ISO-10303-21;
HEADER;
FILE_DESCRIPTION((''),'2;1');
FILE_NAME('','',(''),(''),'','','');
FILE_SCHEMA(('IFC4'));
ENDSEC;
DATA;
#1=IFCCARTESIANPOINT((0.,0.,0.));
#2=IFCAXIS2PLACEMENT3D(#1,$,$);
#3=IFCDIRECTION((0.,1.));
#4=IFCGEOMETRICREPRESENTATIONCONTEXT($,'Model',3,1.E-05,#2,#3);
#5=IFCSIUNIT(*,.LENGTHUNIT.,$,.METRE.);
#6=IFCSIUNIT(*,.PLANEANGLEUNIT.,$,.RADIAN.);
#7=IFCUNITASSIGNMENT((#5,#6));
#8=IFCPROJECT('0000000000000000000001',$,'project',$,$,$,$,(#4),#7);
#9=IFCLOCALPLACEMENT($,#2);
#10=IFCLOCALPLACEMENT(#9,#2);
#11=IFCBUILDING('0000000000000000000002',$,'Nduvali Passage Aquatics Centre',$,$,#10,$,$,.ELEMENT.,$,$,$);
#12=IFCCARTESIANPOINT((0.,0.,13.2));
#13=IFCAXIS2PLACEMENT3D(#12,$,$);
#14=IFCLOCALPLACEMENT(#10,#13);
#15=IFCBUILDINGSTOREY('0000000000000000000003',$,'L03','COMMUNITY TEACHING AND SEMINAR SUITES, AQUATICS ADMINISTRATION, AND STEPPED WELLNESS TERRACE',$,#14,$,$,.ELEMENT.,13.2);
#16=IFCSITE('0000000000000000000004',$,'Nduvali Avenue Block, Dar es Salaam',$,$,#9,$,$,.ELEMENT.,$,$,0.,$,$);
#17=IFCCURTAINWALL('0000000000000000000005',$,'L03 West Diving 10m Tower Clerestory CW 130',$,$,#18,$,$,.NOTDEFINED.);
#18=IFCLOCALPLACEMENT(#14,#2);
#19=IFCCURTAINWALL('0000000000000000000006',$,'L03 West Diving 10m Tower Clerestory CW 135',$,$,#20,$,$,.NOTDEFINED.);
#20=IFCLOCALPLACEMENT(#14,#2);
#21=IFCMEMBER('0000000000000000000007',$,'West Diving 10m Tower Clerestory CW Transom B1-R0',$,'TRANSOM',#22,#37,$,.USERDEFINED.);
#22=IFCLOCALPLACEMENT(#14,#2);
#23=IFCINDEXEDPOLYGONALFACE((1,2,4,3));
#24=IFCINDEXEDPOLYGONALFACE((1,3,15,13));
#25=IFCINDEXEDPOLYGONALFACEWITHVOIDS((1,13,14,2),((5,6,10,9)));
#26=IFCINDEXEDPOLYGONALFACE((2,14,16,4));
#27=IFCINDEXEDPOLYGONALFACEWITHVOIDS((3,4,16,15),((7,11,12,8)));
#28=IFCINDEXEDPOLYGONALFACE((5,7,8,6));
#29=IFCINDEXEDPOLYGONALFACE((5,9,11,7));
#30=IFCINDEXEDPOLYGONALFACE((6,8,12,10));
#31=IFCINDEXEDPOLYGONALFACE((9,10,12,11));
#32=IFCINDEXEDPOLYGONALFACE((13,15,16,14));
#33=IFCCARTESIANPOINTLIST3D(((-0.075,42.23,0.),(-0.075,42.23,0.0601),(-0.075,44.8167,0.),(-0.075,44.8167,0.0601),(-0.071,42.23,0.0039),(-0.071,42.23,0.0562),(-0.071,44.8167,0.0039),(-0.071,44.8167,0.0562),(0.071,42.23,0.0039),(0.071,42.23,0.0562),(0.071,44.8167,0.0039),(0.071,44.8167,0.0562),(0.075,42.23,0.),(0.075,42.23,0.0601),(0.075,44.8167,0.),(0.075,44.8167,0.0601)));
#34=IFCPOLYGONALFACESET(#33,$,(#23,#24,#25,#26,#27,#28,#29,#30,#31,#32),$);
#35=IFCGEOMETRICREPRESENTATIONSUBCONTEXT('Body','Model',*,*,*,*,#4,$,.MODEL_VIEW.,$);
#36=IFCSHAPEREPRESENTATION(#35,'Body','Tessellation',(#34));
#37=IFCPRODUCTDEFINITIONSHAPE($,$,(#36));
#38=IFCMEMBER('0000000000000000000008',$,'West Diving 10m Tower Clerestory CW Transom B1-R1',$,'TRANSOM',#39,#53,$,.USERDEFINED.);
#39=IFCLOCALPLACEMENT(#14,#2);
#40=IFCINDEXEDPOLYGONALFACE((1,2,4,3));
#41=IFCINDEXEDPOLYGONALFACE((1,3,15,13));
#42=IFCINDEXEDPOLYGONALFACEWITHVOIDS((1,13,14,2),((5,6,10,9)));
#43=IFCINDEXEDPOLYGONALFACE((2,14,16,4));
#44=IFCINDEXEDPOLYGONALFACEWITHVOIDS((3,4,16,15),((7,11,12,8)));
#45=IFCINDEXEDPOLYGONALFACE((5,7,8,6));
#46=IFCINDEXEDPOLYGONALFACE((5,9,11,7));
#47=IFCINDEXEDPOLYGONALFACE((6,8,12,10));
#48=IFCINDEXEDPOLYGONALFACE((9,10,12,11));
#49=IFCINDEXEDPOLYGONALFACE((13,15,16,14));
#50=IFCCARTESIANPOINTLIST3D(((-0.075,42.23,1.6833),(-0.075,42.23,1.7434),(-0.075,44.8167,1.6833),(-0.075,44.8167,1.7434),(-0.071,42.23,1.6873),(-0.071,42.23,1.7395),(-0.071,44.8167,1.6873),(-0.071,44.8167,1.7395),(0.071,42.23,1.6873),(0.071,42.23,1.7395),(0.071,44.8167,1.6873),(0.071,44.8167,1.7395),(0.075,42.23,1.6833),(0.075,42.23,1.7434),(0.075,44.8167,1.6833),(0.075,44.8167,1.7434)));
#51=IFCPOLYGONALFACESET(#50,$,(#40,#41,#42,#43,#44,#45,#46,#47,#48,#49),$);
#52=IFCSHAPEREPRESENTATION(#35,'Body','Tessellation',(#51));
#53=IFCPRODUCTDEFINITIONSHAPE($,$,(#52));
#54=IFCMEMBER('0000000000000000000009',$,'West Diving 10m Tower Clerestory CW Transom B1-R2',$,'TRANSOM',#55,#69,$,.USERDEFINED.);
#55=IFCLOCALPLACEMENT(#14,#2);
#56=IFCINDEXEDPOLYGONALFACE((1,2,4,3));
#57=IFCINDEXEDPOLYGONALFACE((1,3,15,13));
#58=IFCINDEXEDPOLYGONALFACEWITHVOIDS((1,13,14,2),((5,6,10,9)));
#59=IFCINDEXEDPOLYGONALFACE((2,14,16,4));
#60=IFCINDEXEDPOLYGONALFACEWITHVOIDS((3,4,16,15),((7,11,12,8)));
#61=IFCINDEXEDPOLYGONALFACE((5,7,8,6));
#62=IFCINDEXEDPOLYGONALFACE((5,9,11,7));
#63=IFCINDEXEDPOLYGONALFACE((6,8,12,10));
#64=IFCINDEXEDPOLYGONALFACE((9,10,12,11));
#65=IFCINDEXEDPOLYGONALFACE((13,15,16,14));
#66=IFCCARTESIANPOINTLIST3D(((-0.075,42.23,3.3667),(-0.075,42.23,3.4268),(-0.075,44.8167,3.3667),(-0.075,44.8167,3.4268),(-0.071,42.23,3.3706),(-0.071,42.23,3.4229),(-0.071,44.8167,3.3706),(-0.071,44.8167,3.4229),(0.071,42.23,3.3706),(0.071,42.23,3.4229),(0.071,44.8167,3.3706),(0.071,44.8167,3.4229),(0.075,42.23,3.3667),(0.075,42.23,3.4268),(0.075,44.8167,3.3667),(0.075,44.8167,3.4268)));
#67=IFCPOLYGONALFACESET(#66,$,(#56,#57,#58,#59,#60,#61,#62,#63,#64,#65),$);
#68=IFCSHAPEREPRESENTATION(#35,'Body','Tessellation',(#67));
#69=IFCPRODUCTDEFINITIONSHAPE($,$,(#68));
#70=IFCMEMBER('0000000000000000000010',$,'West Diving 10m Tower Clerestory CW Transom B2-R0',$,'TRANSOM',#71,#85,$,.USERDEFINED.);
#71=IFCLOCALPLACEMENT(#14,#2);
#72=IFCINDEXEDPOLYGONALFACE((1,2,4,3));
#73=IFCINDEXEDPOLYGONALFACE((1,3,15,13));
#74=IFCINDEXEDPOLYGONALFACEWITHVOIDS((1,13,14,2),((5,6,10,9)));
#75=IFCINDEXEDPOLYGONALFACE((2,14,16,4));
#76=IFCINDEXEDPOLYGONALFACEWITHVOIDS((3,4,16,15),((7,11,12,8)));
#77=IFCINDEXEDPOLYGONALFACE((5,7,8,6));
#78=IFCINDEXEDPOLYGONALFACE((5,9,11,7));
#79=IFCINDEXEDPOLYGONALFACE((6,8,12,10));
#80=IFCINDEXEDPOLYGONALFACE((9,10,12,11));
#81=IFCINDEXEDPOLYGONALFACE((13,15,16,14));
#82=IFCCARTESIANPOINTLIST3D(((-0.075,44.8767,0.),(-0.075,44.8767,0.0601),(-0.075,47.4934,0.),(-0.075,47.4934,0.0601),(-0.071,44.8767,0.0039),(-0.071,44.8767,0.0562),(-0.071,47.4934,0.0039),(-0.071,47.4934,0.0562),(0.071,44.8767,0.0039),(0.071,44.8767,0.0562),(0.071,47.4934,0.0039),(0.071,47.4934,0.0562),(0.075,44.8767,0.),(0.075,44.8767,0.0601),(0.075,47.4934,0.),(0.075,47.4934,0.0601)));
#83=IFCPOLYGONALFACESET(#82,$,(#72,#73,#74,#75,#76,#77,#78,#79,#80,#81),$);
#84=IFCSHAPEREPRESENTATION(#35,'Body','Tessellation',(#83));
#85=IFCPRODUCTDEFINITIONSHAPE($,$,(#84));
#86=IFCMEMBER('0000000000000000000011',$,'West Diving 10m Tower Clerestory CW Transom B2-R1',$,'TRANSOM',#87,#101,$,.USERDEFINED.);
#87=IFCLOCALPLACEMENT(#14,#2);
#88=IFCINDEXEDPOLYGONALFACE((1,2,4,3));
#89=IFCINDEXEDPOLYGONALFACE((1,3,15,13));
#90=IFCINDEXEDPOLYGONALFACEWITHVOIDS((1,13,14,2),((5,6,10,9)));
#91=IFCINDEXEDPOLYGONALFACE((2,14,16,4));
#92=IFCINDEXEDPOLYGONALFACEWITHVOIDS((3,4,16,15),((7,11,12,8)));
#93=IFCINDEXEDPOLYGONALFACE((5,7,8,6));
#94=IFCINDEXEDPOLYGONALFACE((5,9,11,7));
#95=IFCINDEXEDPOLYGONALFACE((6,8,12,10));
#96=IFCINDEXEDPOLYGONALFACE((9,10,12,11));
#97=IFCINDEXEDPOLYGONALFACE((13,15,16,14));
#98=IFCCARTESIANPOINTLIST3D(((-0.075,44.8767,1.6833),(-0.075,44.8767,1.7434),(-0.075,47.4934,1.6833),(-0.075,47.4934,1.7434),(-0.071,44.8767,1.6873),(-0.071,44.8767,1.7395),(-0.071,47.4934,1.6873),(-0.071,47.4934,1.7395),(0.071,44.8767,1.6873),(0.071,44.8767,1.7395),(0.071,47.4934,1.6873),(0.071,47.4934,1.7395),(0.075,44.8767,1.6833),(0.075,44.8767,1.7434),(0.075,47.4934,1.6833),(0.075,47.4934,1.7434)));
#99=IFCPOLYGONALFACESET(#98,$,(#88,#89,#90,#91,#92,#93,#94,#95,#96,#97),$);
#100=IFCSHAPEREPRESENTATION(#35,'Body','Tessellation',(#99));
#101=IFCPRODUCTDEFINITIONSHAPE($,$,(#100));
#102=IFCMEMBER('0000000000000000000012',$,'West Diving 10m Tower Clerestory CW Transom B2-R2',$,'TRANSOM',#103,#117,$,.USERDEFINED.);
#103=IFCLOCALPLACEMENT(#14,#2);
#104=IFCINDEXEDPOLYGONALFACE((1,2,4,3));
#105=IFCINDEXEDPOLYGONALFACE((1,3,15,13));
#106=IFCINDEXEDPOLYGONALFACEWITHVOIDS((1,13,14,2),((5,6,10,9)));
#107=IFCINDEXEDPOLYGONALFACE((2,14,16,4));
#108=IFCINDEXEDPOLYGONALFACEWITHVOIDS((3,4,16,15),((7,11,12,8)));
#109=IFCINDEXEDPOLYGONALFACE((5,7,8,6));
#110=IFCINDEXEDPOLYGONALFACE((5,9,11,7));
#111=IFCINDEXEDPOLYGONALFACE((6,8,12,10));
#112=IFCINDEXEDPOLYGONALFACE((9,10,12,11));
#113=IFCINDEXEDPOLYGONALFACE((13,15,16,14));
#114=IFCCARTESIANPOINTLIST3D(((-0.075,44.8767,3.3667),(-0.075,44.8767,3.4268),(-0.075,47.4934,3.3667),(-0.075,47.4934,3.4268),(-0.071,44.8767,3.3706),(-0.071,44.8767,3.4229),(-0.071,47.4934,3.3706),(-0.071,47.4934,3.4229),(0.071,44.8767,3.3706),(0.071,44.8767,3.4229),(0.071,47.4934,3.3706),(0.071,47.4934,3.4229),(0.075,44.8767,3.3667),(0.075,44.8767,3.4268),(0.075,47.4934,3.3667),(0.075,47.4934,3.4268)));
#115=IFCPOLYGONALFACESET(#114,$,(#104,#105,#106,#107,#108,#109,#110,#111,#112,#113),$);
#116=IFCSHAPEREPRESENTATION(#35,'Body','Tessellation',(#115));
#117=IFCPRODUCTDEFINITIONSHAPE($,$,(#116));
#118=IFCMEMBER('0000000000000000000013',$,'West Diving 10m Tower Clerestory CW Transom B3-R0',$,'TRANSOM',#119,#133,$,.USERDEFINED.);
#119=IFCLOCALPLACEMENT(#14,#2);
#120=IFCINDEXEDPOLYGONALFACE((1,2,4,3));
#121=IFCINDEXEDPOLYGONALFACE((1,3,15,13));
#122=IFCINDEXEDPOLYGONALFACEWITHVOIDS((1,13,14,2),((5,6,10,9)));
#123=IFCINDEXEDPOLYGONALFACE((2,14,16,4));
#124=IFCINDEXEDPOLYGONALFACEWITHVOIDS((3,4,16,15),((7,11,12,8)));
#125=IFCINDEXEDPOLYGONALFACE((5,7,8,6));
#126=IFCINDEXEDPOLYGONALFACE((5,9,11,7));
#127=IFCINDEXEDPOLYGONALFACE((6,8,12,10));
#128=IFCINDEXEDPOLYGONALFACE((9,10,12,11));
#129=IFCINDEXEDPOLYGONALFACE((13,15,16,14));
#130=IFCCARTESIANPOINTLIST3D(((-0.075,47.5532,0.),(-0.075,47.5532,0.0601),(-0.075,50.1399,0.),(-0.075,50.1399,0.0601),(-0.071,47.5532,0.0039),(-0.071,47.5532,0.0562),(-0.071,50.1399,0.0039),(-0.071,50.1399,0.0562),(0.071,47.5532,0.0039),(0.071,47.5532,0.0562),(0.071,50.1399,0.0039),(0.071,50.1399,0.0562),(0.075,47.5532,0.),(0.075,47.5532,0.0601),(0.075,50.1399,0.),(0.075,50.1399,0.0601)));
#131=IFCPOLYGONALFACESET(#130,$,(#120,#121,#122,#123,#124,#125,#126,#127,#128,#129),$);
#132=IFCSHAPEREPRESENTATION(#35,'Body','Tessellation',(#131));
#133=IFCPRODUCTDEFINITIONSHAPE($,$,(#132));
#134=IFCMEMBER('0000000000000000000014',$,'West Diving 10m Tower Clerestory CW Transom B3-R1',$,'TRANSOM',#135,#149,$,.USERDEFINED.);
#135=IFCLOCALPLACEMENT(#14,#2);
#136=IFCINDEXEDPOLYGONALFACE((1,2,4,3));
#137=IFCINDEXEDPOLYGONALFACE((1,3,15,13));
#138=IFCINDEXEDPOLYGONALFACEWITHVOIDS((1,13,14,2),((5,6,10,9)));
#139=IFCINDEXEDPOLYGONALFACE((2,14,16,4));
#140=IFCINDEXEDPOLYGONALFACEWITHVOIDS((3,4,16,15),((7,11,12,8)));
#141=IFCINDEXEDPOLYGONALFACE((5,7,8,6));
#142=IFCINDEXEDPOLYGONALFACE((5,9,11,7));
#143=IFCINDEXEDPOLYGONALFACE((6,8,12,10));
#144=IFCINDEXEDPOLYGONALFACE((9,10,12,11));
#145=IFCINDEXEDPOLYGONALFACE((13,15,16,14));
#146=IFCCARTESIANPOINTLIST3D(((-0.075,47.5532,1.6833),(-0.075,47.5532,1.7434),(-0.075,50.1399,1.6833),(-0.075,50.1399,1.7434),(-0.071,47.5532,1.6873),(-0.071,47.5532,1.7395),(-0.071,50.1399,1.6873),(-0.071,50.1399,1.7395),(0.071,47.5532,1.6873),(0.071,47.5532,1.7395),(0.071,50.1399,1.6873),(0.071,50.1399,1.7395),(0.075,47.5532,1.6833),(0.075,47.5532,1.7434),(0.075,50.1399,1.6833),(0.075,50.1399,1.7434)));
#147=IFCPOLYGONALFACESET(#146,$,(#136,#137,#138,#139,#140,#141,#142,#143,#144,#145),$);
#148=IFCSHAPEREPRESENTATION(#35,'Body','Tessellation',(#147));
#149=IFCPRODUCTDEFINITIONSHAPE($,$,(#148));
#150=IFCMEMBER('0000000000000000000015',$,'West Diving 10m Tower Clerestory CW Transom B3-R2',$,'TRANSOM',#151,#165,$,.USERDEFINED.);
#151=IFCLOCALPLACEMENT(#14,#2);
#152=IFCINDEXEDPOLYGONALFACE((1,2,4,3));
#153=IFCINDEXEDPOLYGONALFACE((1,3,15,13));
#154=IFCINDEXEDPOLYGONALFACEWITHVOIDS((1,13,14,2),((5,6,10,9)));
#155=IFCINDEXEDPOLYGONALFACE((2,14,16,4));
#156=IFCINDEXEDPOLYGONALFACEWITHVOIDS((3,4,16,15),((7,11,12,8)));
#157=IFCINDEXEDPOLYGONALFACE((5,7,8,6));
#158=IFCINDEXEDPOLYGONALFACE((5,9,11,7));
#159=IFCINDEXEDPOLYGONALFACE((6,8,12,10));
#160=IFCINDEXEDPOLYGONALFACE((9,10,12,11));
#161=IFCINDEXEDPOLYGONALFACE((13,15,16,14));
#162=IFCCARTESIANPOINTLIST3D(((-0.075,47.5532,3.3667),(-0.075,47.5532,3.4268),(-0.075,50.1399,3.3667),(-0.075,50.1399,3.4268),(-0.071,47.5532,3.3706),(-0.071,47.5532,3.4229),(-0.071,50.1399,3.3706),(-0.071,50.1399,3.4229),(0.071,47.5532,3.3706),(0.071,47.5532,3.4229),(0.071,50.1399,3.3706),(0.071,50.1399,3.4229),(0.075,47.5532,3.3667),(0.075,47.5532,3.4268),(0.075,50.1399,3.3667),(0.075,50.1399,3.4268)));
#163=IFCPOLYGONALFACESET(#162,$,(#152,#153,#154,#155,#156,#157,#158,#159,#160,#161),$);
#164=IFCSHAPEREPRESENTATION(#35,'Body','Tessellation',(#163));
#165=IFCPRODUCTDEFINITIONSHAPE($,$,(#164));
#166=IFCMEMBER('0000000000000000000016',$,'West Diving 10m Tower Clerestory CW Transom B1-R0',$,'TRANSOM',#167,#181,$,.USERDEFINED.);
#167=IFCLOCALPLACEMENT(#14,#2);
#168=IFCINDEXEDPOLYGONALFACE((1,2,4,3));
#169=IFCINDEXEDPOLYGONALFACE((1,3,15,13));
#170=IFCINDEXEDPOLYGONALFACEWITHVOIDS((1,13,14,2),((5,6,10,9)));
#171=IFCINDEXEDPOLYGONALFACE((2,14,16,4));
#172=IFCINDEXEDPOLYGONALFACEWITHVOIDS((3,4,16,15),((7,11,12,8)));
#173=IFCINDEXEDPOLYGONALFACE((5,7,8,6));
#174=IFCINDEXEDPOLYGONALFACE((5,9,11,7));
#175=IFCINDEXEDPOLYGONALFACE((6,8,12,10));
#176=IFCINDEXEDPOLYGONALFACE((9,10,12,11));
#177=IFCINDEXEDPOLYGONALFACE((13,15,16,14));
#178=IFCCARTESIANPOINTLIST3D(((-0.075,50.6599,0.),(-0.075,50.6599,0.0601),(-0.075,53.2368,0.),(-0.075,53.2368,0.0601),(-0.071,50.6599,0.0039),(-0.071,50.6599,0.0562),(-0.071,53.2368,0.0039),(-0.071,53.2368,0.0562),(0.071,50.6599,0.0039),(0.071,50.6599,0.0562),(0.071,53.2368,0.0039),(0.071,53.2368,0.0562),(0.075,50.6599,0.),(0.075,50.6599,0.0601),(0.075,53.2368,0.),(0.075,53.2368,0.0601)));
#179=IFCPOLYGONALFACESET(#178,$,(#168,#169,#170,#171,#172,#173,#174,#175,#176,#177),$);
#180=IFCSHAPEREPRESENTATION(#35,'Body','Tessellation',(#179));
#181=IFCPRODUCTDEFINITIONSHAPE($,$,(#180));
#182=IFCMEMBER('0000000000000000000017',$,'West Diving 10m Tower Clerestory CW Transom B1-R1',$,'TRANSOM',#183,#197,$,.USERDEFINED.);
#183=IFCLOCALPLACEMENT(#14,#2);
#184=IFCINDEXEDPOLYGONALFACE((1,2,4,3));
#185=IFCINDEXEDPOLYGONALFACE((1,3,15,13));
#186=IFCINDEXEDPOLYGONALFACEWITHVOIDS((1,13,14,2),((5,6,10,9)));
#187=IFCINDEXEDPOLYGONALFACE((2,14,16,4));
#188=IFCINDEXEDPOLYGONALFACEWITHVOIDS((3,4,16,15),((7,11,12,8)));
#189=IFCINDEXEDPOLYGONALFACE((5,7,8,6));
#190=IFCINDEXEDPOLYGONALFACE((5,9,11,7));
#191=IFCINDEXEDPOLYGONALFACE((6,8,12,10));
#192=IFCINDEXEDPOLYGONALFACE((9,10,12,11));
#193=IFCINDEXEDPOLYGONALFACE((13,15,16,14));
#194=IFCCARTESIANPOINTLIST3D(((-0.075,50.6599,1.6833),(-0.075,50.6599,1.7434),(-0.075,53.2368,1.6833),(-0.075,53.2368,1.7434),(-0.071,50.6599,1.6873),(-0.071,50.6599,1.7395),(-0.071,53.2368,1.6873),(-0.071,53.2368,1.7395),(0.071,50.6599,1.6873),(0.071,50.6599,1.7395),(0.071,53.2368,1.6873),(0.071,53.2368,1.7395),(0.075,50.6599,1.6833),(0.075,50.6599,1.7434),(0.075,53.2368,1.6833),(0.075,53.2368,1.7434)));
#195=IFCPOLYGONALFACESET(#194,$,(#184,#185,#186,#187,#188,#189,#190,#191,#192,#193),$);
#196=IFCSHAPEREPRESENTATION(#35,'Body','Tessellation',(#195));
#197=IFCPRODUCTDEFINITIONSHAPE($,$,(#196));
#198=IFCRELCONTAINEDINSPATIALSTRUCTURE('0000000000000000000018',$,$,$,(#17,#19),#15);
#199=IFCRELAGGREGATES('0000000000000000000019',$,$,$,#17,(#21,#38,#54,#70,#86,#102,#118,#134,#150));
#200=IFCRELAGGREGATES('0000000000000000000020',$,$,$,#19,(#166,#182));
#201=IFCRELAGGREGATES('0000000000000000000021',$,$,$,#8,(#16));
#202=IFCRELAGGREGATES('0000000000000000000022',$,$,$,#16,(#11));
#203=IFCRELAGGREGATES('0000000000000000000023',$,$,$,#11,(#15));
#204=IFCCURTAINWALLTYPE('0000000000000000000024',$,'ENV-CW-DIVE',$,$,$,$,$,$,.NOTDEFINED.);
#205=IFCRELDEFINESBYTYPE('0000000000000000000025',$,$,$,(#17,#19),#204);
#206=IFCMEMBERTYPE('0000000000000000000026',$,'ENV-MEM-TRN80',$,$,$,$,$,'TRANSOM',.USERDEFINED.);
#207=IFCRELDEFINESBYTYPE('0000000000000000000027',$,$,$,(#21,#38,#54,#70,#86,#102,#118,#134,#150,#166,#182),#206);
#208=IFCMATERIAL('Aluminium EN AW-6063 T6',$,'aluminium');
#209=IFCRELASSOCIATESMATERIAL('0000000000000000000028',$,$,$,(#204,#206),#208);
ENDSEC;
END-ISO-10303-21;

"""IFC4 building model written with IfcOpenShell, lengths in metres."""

from ifc_helpers import new_model, si_unit, direction, frame, origin, origin_2d, place, context, subcontext, project, spatial, hollow_rectangle, extrude, material, material_profile, profile_set, type_object, element, aggregate, save


model = new_model("IFC4")

# Units and contexts
model_context = context("Model", 3, precision=1e-05, world=origin(), true_north=direction((0.0, 1.0)))
body_context = subcontext(model_context, "Body", "Model", "MODEL_VIEW")
ifc_project = project(units=[si_unit("LENGTHUNIT", "METRE"), si_unit("PLANEANGLEUNIT", "RADIAN")], contexts=[model_context])

# Site, building, storey
site_placement = place(None, origin())
site = spatial("IfcSite", under=ifc_project, at=site_placement, Name="Nduvali Avenue Block, Dar es Salaam", CompositionType="ELEMENT", RefElevation=0.0)
building_placement = place(site_placement, origin())
building = spatial("IfcBuilding", under=site, at=building_placement, Name="Nduvali Passage Aquatics Centre", CompositionType="ELEMENT")
storey_placement = place(building_placement, frame((0.0, 0.0, 13.2)))
storey = spatial("IfcBuildingStorey", under=building, at=storey_placement, Name="L03", Description="COMMUNITY TEACHING AND SEMINAR SUITES, AQUATICS ADMINISTRATION, AND STEPPED WELLNESS TERRACE", CompositionType="ELEMENT", Elevation=13.2)

# Curtain wall
ifc_material_1 = material(Name="Aluminium EN AW-6063 T6", Category="aluminium")
curtain_wall_type = type_object("IfcCurtainWallType", Name="ENV-CW-DIVE", PredefinedType="NOTDEFINED", material=ifc_material_1)
curtain_wall_1_placement = place(storey_placement, origin())
curtain_wall_1 = element("IfcCurtainWall", 1, at=curtain_wall_1_placement, inside=storey, type_object=curtain_wall_type, Name="L03 West Diving 10m Tower Clerestory CW 130", PredefinedType="NOTDEFINED")

# Curtain wall
curtain_wall_2_placement = place(storey_placement, origin())
curtain_wall_2 = element("IfcCurtainWall", 2, at=curtain_wall_2_placement, inside=storey, type_object=curtain_wall_type, Name="L03 West Diving 10m Tower Clerestory CW 135", PredefinedType="NOTDEFINED")

# Members
ifc_material_profile_1 = material_profile(ifc_material_1, hollow_rectangle(XDim=0.1499, YDim=0.0601, WallThickness=0.0039, at=origin_2d()), Name="ALU TRANSOM 150x60x4")
ifc_profile_set_1 = profile_set([ifc_material_profile_1], Name="Aluminium EN AW-6063 T6")
member_type_1 = type_object("IfcMemberType", Name="ENV-MEM-TRN80", ElementType="TRANSOM", PredefinedType="USERDEFINED", material=ifc_profile_set_1)
member_1_placement = place(storey_placement, frame((0.0, 42.23, 0.03), z_axis=(0.0, 1.0, 0.0), x_axis=(-1.0, 0.0, 0.0)))
member_1 = element("IfcMember", 3, at=member_1_placement, type_object=member_type_1, Name="West Diving 10m Tower Clerestory CW Transom B1-R0", ObjectType="TRANSOM", PredefinedType="USERDEFINED", context=body_context, shape_type="SweptSolid", body=[
    extrude(hollow_rectangle(XDim=0.1499, YDim=0.0601, WallThickness=0.0039, at=origin_2d()), origin(), (0.0, 0.0, 1.0), 2.5867),
])
member_2_placement = place(storey_placement, frame((0.0, 42.23, 1.7134), z_axis=(0.0, 1.0, 0.0), x_axis=(-1.0, 0.0, 0.0)))
member_2 = element("IfcMember", 4, at=member_2_placement, type_object=member_type_1, Name="West Diving 10m Tower Clerestory CW Transom B1-R1", ObjectType="TRANSOM", PredefinedType="USERDEFINED", context=body_context, shape_type="SweptSolid", body=[
    extrude(hollow_rectangle(XDim=0.1499, YDim=0.0601, WallThickness=0.0039, at=origin_2d()), origin(), (0.0, 0.0, 1.0), 2.5867),
])
member_3_placement = place(storey_placement, frame((0.0, 42.23, 3.3967), z_axis=(0.0, 1.0, 0.0), x_axis=(-1.0, 0.0, 0.0)))
member_3 = element("IfcMember", 5, at=member_3_placement, type_object=member_type_1, Name="West Diving 10m Tower Clerestory CW Transom B1-R2", ObjectType="TRANSOM", PredefinedType="USERDEFINED", context=body_context, shape_type="SweptSolid", body=[
    extrude(hollow_rectangle(XDim=0.1499, YDim=0.0601, WallThickness=0.0039, at=origin_2d()), origin(), (0.0, 0.0, 1.0), 2.5867),
])
member_4_placement = place(storey_placement, frame((0.0, 44.8767, 0.03), z_axis=(0.0, 1.0, 0.0), x_axis=(-1.0, 0.0, 0.0)))
member_4 = element("IfcMember", 6, at=member_4_placement, type_object=member_type_1, Name="West Diving 10m Tower Clerestory CW Transom B2-R0", ObjectType="TRANSOM", PredefinedType="USERDEFINED", context=body_context, shape_type="SweptSolid", body=[
    extrude(hollow_rectangle(XDim=0.1499, YDim=0.0601, WallThickness=0.0039, at=origin_2d()), origin(), (0.0, 0.0, 1.0), 2.6167),
])
member_5_placement = place(storey_placement, frame((0.0, 44.8767, 1.7134), z_axis=(0.0, 1.0, 0.0), x_axis=(-1.0, 0.0, 0.0)))
member_5 = element("IfcMember", 7, at=member_5_placement, type_object=member_type_1, Name="West Diving 10m Tower Clerestory CW Transom B2-R1", ObjectType="TRANSOM", PredefinedType="USERDEFINED", context=body_context, shape_type="SweptSolid", body=[
    extrude(hollow_rectangle(XDim=0.1499, YDim=0.0601, WallThickness=0.0039, at=origin_2d()), origin(), (0.0, 0.0, 1.0), 2.6167),
])
member_6_placement = place(storey_placement, frame((0.0, 44.8767, 3.3967), z_axis=(0.0, 1.0, 0.0), x_axis=(-1.0, 0.0, 0.0)))
member_6 = element("IfcMember", 8, at=member_6_placement, type_object=member_type_1, Name="West Diving 10m Tower Clerestory CW Transom B2-R2", ObjectType="TRANSOM", PredefinedType="USERDEFINED", context=body_context, shape_type="SweptSolid", body=[
    extrude(hollow_rectangle(XDim=0.1499, YDim=0.0601, WallThickness=0.0039, at=origin_2d()), origin(), (0.0, 0.0, 1.0), 2.6167),
])
member_7_placement = place(storey_placement, frame((0.0, 47.5532, 0.03), z_axis=(0.0, 1.0, 0.0), x_axis=(-1.0, 0.0, 0.0)))
member_7 = element("IfcMember", 9, at=member_7_placement, type_object=member_type_1, Name="West Diving 10m Tower Clerestory CW Transom B3-R0", ObjectType="TRANSOM", PredefinedType="USERDEFINED", context=body_context, shape_type="SweptSolid", body=[
    extrude(hollow_rectangle(XDim=0.1499, YDim=0.0601, WallThickness=0.0039, at=origin_2d()), origin(), (0.0, 0.0, 1.0), 2.5867),
])
member_8_placement = place(storey_placement, frame((0.0, 47.5532, 1.7134), z_axis=(0.0, 1.0, 0.0), x_axis=(-1.0, 0.0, 0.0)))
member_8 = element("IfcMember", 10, at=member_8_placement, type_object=member_type_1, Name="West Diving 10m Tower Clerestory CW Transom B3-R1", ObjectType="TRANSOM", PredefinedType="USERDEFINED", context=body_context, shape_type="SweptSolid", body=[
    extrude(hollow_rectangle(XDim=0.1499, YDim=0.0601, WallThickness=0.0039, at=origin_2d()), origin(), (0.0, 0.0, 1.0), 2.5867),
])
member_9_placement = place(storey_placement, frame((0.0, 47.5532, 3.3967), z_axis=(0.0, 1.0, 0.0), x_axis=(-1.0, 0.0, 0.0)))
member_9 = element("IfcMember", 11, at=member_9_placement, type_object=member_type_1, Name="West Diving 10m Tower Clerestory CW Transom B3-R2", ObjectType="TRANSOM", PredefinedType="USERDEFINED", context=body_context, shape_type="SweptSolid", body=[
    extrude(hollow_rectangle(XDim=0.1499, YDim=0.0601, WallThickness=0.0039, at=origin_2d()), origin(), (0.0, 0.0, 1.0), 2.5867),
])
member_10_placement = place(storey_placement, frame((0.0, 50.6599, 0.03), z_axis=(0.0, 1.0, 0.0), x_axis=(-1.0, 0.0, 0.0)))
member_10 = element("IfcMember", 12, at=member_10_placement, type_object=member_type_1, Name="West Diving 10m Tower Clerestory CW Transom B1-R0", ObjectType="TRANSOM", PredefinedType="USERDEFINED", context=body_context, shape_type="SweptSolid", body=[
    extrude(hollow_rectangle(XDim=0.1499, YDim=0.0601, WallThickness=0.0039, at=origin_2d()), origin(), (0.0, 0.0, 1.0), 2.5769),
])
member_11_placement = place(storey_placement, frame((0.0, 50.6599, 1.7134), z_axis=(0.0, 1.0, 0.0), x_axis=(-1.0, 0.0, 0.0)))
member_11 = element("IfcMember", 13, at=member_11_placement, type_object=member_type_1, Name="West Diving 10m Tower Clerestory CW Transom B1-R1", ObjectType="TRANSOM", PredefinedType="USERDEFINED", context=body_context, shape_type="SweptSolid", body=[
    extrude(hollow_rectangle(XDim=0.1499, YDim=0.0601, WallThickness=0.0039, at=origin_2d()), origin(), (0.0, 0.0, 1.0), 2.5769),
])

aggregate(curtain_wall_1, [member_1, member_2, member_3, member_4, member_5, member_6, member_7, member_8, member_9])
aggregate(curtain_wall_2, [member_10, member_11])

save(model, "model.ifc")
